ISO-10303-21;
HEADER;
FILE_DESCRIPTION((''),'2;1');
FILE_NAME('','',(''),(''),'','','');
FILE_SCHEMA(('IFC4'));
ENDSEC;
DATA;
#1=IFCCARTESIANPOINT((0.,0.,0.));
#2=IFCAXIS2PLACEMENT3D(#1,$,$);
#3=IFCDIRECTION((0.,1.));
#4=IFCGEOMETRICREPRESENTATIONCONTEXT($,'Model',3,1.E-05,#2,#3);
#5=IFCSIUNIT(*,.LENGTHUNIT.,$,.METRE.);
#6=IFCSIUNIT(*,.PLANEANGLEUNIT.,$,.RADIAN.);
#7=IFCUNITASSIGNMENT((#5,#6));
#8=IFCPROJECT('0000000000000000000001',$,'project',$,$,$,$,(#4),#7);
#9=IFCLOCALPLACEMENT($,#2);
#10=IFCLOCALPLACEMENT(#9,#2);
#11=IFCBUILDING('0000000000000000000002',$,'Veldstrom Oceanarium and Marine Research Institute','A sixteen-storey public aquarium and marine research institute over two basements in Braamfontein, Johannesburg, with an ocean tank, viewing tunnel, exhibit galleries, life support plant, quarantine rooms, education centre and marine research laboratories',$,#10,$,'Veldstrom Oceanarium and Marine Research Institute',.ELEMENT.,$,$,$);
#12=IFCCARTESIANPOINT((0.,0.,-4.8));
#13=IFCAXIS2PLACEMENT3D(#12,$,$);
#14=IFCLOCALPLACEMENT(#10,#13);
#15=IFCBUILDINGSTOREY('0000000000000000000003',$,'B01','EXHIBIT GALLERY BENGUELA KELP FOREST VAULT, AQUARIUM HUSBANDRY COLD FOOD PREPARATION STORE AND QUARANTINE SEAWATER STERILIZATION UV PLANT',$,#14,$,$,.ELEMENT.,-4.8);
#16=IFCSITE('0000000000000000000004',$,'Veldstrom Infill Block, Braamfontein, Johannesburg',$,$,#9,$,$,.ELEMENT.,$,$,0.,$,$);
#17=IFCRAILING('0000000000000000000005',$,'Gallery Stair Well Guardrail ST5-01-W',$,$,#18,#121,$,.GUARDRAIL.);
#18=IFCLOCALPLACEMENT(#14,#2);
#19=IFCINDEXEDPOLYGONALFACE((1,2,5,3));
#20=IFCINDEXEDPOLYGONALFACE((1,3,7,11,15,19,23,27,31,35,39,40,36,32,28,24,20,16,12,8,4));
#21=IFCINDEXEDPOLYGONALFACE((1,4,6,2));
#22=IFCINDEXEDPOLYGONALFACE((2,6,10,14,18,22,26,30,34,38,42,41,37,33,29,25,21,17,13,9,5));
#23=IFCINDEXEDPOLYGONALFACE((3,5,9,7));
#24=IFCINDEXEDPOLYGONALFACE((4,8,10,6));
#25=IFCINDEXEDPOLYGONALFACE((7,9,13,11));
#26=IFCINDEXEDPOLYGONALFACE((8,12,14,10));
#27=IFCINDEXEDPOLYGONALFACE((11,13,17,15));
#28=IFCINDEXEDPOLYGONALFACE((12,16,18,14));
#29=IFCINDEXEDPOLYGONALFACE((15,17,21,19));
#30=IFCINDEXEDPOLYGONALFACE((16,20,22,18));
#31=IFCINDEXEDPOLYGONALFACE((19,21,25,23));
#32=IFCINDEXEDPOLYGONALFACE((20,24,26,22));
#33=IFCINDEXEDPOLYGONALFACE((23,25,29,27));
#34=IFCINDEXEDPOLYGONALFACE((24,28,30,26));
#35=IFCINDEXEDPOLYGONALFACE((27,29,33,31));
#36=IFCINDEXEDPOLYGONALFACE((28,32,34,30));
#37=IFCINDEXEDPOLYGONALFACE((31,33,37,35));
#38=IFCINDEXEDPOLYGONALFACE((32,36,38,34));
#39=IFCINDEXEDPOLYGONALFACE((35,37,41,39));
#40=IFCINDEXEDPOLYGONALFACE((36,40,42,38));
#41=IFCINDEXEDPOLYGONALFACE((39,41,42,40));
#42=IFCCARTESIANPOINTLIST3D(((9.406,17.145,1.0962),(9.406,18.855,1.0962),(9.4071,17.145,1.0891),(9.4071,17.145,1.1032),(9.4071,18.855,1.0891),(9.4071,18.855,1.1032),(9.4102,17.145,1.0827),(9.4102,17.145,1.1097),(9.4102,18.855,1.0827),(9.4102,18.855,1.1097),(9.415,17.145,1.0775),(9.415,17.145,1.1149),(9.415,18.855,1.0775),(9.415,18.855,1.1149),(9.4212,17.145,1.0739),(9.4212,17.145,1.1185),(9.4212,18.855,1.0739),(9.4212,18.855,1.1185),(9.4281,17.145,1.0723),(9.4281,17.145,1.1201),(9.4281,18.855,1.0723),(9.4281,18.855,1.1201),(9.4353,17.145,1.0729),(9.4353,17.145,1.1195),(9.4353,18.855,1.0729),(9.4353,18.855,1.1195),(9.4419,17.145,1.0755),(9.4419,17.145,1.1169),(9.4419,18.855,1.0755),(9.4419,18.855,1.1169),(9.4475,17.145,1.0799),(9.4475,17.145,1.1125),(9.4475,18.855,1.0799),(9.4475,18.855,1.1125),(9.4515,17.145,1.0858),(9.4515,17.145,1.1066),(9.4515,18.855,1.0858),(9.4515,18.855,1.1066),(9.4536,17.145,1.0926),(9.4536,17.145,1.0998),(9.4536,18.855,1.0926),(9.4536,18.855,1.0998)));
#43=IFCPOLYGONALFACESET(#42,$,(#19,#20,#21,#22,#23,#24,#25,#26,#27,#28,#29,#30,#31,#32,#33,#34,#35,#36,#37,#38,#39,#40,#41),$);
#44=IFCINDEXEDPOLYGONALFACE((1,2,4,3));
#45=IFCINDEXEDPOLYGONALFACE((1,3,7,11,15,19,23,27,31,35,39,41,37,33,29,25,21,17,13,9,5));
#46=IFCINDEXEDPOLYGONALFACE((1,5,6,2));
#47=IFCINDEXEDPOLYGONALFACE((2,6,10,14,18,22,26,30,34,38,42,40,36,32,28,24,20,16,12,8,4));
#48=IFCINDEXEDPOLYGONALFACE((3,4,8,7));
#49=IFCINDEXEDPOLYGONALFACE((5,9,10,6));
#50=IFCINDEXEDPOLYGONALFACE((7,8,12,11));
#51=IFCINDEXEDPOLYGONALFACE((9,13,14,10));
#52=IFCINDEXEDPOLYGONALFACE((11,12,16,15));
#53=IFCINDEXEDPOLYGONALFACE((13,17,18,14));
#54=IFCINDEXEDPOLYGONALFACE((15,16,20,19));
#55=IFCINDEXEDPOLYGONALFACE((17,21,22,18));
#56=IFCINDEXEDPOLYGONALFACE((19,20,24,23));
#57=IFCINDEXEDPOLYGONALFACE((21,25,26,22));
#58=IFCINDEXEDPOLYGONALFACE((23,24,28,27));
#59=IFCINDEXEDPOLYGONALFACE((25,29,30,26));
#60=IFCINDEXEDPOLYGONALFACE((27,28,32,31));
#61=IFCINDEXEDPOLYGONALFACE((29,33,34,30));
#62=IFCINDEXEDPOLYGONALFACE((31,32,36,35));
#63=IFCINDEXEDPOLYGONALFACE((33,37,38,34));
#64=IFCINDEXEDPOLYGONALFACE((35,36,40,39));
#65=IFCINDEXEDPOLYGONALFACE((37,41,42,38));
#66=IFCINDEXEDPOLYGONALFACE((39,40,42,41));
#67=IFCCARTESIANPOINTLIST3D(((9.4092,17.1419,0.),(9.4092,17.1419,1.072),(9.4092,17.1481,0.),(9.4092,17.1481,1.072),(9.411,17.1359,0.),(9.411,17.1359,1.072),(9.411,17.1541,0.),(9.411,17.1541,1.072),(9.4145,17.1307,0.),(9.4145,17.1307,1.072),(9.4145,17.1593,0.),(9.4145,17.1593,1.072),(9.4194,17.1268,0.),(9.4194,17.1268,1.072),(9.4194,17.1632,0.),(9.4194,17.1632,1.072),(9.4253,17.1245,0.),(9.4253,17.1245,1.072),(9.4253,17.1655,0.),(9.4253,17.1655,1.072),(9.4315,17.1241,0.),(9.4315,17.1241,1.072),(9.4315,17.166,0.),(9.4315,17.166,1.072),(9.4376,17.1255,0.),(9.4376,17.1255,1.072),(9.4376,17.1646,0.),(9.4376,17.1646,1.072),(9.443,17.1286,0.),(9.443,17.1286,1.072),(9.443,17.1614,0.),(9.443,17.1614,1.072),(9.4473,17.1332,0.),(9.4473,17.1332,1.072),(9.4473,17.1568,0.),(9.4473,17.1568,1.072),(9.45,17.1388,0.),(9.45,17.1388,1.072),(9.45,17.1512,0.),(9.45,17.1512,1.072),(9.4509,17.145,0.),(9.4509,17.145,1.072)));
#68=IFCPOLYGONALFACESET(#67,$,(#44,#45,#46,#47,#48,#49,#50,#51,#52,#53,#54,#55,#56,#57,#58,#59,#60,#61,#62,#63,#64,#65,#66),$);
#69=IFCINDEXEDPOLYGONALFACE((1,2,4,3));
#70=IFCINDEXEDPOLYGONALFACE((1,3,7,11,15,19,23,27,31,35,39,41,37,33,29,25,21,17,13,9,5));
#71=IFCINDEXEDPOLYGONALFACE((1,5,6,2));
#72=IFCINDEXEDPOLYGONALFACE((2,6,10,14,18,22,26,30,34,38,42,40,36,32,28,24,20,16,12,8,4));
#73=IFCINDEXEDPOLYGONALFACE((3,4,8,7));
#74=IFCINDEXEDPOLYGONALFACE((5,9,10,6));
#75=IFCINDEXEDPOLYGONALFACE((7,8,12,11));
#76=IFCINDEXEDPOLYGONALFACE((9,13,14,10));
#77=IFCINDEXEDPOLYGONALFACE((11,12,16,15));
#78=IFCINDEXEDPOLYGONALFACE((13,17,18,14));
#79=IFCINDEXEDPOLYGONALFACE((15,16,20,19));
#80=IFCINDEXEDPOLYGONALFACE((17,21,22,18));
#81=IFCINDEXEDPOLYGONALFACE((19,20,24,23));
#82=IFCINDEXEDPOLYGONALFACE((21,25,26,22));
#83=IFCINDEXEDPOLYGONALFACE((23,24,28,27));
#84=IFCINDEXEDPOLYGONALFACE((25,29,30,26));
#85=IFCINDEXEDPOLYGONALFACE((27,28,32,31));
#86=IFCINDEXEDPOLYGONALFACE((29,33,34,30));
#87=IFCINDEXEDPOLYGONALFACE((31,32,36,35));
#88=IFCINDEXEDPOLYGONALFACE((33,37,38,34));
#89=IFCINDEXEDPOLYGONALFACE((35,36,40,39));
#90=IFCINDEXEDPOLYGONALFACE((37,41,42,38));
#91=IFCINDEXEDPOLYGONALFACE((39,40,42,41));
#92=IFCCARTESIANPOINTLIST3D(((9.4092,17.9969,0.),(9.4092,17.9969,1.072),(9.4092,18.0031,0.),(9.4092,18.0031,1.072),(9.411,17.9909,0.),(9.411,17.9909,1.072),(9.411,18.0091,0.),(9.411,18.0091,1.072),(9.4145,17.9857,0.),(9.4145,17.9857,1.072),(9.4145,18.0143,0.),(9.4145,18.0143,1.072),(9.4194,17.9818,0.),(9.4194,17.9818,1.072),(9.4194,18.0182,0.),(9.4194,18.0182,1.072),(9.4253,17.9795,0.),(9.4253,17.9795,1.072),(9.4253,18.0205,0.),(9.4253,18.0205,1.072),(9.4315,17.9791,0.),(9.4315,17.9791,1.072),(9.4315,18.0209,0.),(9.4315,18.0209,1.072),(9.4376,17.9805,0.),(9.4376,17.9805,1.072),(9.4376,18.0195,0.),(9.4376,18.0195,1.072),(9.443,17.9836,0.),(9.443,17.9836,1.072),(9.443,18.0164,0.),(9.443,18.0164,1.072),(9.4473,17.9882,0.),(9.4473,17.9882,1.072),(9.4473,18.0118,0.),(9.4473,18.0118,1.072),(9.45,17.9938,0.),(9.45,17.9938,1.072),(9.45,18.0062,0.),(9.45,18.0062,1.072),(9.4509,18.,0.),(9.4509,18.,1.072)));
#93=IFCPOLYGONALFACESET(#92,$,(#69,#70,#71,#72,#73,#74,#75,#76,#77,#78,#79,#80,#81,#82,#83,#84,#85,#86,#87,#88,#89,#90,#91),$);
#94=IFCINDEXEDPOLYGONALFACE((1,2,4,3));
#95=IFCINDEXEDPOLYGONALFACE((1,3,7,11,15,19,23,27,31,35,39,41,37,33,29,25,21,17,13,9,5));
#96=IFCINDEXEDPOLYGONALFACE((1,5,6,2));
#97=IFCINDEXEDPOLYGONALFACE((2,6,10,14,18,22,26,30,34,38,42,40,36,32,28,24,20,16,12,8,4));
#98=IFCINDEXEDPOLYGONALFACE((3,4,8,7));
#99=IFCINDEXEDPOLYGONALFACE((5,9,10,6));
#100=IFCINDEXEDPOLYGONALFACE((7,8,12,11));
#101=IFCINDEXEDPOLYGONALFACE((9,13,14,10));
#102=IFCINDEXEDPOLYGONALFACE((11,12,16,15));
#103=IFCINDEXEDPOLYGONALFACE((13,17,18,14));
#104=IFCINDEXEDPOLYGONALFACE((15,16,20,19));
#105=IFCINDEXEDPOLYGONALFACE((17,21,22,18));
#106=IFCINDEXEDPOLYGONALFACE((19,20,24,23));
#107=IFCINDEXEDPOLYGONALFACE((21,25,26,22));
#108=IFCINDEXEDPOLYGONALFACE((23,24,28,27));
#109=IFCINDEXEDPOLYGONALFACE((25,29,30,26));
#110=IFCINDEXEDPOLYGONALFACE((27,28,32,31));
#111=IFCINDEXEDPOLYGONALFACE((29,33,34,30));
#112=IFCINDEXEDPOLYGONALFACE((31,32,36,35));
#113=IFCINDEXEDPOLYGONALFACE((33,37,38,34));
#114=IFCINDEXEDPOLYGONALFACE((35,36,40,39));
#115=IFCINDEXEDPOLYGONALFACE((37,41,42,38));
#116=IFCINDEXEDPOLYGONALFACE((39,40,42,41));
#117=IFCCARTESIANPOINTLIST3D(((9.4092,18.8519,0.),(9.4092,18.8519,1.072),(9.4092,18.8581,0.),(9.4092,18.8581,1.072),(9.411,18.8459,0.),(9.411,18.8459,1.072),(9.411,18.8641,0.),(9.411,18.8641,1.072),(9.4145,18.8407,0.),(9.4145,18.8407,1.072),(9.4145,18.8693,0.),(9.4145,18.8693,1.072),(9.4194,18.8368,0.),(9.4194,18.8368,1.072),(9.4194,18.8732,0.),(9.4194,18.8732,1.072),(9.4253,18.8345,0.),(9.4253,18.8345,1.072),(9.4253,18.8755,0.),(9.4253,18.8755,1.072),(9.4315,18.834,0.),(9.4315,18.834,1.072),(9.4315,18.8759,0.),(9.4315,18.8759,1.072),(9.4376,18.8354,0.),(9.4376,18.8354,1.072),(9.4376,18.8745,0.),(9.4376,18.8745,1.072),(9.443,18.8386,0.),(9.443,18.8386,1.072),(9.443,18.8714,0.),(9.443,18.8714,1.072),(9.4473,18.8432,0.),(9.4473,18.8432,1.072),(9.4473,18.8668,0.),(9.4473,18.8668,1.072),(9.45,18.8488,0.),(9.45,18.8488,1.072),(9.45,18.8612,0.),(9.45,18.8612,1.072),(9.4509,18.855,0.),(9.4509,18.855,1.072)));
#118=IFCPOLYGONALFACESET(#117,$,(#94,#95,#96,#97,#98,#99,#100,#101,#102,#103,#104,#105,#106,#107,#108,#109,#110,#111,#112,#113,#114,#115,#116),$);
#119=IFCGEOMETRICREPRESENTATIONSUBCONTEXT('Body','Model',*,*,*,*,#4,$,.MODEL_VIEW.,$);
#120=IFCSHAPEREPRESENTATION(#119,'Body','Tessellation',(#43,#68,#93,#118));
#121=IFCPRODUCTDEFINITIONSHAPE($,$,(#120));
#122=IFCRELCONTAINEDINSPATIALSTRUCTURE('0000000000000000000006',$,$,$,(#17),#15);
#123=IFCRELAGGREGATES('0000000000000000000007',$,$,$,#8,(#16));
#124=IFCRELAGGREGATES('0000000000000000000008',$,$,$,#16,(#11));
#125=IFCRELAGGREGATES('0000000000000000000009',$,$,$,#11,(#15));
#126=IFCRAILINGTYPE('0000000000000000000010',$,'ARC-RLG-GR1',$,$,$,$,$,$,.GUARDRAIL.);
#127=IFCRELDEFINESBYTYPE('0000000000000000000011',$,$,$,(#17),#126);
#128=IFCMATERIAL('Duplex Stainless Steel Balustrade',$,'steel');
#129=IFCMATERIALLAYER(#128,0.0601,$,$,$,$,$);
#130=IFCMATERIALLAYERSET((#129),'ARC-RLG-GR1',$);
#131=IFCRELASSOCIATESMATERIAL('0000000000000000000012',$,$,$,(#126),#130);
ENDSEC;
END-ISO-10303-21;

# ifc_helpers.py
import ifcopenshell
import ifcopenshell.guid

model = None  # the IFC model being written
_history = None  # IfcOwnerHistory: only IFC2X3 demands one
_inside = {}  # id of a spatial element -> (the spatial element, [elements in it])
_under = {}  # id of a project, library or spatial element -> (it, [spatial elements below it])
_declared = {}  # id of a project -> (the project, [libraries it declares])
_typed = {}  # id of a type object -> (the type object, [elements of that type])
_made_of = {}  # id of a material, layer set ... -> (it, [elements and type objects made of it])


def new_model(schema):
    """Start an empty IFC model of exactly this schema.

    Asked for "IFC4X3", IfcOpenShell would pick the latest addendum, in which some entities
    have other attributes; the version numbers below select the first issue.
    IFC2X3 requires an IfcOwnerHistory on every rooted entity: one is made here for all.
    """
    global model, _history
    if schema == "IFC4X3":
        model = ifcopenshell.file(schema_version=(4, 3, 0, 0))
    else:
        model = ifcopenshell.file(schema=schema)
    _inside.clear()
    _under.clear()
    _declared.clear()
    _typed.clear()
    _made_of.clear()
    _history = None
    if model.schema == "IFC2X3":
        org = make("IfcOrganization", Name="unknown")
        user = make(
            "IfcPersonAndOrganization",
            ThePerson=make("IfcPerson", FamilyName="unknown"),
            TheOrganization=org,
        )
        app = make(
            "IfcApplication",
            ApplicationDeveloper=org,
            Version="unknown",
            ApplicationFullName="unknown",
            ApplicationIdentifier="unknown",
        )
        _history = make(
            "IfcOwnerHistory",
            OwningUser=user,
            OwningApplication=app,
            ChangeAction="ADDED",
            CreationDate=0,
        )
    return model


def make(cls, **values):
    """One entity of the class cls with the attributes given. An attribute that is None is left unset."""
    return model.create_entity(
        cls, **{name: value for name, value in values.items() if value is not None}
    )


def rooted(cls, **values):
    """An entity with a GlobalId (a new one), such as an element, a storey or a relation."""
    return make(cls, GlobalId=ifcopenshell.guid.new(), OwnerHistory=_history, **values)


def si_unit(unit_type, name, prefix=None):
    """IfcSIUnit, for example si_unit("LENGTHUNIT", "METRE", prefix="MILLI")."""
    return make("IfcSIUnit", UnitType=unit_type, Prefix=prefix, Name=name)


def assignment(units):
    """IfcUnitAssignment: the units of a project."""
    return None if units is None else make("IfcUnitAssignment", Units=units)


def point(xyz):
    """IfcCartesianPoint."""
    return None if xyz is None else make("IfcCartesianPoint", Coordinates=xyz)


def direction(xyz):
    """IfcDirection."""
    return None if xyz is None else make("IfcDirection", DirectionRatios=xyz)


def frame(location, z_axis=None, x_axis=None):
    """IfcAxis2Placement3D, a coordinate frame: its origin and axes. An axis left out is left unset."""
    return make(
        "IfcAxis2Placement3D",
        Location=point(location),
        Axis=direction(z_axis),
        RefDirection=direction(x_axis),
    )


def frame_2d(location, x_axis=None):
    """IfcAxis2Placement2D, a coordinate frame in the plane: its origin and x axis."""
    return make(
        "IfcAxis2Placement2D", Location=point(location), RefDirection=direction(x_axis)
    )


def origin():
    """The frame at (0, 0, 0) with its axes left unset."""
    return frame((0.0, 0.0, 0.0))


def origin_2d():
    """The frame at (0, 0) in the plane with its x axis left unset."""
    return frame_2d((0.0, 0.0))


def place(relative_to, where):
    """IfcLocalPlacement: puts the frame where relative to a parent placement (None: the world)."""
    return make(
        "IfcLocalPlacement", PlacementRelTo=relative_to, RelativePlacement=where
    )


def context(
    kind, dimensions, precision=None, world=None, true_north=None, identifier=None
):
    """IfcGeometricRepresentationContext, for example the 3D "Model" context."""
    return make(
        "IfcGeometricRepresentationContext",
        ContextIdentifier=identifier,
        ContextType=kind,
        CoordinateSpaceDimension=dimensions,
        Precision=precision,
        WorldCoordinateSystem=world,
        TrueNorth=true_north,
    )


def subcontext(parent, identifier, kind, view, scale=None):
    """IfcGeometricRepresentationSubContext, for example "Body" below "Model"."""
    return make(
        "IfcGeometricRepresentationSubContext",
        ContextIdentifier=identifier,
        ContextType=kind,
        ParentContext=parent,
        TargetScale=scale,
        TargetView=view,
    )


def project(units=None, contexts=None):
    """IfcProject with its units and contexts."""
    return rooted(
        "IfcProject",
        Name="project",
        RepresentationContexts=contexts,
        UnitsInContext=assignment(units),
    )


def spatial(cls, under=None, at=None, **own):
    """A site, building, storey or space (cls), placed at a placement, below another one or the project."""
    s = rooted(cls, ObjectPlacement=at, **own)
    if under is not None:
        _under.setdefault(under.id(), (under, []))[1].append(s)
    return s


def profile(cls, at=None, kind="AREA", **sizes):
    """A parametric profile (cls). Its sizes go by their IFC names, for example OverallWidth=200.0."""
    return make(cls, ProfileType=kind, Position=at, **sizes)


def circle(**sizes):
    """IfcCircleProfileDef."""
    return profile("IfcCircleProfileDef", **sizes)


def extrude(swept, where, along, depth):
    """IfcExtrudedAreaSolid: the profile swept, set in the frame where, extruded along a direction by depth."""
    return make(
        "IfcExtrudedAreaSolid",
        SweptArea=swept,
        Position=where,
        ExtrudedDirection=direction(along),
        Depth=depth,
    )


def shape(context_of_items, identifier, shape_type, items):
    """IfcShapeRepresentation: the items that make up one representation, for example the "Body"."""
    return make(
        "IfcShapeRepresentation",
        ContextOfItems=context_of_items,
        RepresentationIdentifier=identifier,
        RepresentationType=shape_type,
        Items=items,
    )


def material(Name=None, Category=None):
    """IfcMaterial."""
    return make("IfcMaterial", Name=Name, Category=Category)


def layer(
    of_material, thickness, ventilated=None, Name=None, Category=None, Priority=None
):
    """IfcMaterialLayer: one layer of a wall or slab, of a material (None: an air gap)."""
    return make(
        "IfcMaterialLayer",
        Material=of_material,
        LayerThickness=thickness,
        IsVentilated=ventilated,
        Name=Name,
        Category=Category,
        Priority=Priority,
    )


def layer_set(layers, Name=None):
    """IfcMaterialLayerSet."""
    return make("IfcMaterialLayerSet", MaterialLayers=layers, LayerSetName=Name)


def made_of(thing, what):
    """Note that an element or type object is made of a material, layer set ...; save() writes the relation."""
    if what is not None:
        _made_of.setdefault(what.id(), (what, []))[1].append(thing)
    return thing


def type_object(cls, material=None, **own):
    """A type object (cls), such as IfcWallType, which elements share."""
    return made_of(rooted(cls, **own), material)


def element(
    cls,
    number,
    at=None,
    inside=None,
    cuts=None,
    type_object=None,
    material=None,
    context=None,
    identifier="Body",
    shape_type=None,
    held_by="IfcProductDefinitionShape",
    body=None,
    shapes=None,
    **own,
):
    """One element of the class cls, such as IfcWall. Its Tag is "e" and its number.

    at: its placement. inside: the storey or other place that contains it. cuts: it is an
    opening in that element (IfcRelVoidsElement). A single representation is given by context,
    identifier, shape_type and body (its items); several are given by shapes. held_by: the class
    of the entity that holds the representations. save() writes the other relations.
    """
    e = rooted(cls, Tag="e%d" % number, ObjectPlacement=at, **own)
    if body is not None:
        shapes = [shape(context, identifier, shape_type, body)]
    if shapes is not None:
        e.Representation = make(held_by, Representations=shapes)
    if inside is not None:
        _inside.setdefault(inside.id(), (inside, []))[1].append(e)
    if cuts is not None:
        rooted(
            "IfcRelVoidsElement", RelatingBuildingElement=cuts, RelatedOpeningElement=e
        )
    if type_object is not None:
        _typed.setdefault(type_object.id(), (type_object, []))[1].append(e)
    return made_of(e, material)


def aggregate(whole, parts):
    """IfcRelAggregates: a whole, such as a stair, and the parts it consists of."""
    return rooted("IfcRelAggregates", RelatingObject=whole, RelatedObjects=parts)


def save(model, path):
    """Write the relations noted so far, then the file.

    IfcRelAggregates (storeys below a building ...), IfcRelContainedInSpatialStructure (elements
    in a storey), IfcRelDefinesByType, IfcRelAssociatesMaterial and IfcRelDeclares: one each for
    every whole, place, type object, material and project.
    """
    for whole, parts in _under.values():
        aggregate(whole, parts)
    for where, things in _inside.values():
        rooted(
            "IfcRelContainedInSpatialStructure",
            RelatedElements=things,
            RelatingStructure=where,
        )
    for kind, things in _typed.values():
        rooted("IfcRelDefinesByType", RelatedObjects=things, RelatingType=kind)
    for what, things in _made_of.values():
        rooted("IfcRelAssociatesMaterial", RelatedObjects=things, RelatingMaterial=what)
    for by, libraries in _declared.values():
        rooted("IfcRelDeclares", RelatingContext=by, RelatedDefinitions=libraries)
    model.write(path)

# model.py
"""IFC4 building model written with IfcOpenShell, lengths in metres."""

from ifc_helpers import new_model, si_unit, direction, frame, origin, origin_2d, place, context, subcontext, project, spatial, circle, extrude, material, layer, layer_set, type_object, element, save


model = new_model("IFC4")

# Units and contexts
model_context = context("Model", 3, precision=1e-05, world=origin(), true_north=direction((0.0, 1.0)))
body_context = subcontext(model_context, "Body", "Model", "MODEL_VIEW")
ifc_project = project(units=[si_unit("LENGTHUNIT", "METRE"), si_unit("PLANEANGLEUNIT", "RADIAN")], contexts=[model_context])

# Site, building, storey
site_placement = place(None, origin())
site = spatial("IfcSite", under=ifc_project, at=site_placement, Name="Veldstrom Infill Block, Braamfontein, Johannesburg", CompositionType="ELEMENT", RefElevation=0.0)
building_placement = place(site_placement, origin())
building = spatial("IfcBuilding", under=site, at=building_placement, Name="Veldstrom Oceanarium and Marine Research Institute", Description="A sixteen-storey public aquarium and marine research institute over two basements in Braamfontein, Johannesburg, with an ocean tank, viewing tunnel, exhibit galleries, life support plant, quarantine rooms, education centre and marine research laboratories", LongName="Veldstrom Oceanarium and Marine Research Institute", CompositionType="ELEMENT")
storey_placement = place(building_placement, frame((0.0, 0.0, -4.8)))
storey = spatial("IfcBuildingStorey", under=building, at=storey_placement, Name="B01", Description="EXHIBIT GALLERY BENGUELA KELP FOREST VAULT, AQUARIUM HUSBANDRY COLD FOOD PREPARATION STORE AND QUARANTINE SEAWATER STERILIZATION UV PLANT", CompositionType="ELEMENT", Elevation=-4.8)

# Railing
ifc_material_1 = material(Name="Duplex Stainless Steel Balustrade", Category="steel")
ifc_layer_1 = layer(ifc_material_1, 0.0601)
ifc_layer_set_1 = layer_set([ifc_layer_1], Name="ARC-RLG-GR1")
railing_type = type_object("IfcRailingType", Name="ARC-RLG-GR1", PredefinedType="GUARDRAIL", material=ifc_layer_set_1)
railing_placement = place(storey_placement, frame((9.4299, 17.145, 0.0)))
element("IfcRailing", 1, at=railing_placement, inside=storey, type_object=railing_type, Name="Gallery Stair Well Guardrail ST5-01-W", PredefinedType="GUARDRAIL", context=body_context, shape_type="SweptSolid", body=[
    extrude(circle(Radius=0.0239, at=origin_2d()), frame((0.0, 0.0, 1.0962), z_axis=(0.0, 1.0, 0.0), x_axis=(-1.0, 0.0, 0.0)), (0.0, 0.0, 1.0), 1.71),
    extrude(circle(Radius=0.021, at=origin_2d()), origin(), (0.0, 0.0, 1.0), 1.072),
    extrude(circle(Radius=0.021, at=origin_2d()), frame((0.0, 0.855, 0.0)), (0.0, 0.0, 1.0), 1.072),
    extrude(circle(Radius=0.021, at=origin_2d()), frame((0.0, 1.71, 0.0)), (0.0, 0.0, 1.0), 1.072),
])

save(model, "model.ifc")
